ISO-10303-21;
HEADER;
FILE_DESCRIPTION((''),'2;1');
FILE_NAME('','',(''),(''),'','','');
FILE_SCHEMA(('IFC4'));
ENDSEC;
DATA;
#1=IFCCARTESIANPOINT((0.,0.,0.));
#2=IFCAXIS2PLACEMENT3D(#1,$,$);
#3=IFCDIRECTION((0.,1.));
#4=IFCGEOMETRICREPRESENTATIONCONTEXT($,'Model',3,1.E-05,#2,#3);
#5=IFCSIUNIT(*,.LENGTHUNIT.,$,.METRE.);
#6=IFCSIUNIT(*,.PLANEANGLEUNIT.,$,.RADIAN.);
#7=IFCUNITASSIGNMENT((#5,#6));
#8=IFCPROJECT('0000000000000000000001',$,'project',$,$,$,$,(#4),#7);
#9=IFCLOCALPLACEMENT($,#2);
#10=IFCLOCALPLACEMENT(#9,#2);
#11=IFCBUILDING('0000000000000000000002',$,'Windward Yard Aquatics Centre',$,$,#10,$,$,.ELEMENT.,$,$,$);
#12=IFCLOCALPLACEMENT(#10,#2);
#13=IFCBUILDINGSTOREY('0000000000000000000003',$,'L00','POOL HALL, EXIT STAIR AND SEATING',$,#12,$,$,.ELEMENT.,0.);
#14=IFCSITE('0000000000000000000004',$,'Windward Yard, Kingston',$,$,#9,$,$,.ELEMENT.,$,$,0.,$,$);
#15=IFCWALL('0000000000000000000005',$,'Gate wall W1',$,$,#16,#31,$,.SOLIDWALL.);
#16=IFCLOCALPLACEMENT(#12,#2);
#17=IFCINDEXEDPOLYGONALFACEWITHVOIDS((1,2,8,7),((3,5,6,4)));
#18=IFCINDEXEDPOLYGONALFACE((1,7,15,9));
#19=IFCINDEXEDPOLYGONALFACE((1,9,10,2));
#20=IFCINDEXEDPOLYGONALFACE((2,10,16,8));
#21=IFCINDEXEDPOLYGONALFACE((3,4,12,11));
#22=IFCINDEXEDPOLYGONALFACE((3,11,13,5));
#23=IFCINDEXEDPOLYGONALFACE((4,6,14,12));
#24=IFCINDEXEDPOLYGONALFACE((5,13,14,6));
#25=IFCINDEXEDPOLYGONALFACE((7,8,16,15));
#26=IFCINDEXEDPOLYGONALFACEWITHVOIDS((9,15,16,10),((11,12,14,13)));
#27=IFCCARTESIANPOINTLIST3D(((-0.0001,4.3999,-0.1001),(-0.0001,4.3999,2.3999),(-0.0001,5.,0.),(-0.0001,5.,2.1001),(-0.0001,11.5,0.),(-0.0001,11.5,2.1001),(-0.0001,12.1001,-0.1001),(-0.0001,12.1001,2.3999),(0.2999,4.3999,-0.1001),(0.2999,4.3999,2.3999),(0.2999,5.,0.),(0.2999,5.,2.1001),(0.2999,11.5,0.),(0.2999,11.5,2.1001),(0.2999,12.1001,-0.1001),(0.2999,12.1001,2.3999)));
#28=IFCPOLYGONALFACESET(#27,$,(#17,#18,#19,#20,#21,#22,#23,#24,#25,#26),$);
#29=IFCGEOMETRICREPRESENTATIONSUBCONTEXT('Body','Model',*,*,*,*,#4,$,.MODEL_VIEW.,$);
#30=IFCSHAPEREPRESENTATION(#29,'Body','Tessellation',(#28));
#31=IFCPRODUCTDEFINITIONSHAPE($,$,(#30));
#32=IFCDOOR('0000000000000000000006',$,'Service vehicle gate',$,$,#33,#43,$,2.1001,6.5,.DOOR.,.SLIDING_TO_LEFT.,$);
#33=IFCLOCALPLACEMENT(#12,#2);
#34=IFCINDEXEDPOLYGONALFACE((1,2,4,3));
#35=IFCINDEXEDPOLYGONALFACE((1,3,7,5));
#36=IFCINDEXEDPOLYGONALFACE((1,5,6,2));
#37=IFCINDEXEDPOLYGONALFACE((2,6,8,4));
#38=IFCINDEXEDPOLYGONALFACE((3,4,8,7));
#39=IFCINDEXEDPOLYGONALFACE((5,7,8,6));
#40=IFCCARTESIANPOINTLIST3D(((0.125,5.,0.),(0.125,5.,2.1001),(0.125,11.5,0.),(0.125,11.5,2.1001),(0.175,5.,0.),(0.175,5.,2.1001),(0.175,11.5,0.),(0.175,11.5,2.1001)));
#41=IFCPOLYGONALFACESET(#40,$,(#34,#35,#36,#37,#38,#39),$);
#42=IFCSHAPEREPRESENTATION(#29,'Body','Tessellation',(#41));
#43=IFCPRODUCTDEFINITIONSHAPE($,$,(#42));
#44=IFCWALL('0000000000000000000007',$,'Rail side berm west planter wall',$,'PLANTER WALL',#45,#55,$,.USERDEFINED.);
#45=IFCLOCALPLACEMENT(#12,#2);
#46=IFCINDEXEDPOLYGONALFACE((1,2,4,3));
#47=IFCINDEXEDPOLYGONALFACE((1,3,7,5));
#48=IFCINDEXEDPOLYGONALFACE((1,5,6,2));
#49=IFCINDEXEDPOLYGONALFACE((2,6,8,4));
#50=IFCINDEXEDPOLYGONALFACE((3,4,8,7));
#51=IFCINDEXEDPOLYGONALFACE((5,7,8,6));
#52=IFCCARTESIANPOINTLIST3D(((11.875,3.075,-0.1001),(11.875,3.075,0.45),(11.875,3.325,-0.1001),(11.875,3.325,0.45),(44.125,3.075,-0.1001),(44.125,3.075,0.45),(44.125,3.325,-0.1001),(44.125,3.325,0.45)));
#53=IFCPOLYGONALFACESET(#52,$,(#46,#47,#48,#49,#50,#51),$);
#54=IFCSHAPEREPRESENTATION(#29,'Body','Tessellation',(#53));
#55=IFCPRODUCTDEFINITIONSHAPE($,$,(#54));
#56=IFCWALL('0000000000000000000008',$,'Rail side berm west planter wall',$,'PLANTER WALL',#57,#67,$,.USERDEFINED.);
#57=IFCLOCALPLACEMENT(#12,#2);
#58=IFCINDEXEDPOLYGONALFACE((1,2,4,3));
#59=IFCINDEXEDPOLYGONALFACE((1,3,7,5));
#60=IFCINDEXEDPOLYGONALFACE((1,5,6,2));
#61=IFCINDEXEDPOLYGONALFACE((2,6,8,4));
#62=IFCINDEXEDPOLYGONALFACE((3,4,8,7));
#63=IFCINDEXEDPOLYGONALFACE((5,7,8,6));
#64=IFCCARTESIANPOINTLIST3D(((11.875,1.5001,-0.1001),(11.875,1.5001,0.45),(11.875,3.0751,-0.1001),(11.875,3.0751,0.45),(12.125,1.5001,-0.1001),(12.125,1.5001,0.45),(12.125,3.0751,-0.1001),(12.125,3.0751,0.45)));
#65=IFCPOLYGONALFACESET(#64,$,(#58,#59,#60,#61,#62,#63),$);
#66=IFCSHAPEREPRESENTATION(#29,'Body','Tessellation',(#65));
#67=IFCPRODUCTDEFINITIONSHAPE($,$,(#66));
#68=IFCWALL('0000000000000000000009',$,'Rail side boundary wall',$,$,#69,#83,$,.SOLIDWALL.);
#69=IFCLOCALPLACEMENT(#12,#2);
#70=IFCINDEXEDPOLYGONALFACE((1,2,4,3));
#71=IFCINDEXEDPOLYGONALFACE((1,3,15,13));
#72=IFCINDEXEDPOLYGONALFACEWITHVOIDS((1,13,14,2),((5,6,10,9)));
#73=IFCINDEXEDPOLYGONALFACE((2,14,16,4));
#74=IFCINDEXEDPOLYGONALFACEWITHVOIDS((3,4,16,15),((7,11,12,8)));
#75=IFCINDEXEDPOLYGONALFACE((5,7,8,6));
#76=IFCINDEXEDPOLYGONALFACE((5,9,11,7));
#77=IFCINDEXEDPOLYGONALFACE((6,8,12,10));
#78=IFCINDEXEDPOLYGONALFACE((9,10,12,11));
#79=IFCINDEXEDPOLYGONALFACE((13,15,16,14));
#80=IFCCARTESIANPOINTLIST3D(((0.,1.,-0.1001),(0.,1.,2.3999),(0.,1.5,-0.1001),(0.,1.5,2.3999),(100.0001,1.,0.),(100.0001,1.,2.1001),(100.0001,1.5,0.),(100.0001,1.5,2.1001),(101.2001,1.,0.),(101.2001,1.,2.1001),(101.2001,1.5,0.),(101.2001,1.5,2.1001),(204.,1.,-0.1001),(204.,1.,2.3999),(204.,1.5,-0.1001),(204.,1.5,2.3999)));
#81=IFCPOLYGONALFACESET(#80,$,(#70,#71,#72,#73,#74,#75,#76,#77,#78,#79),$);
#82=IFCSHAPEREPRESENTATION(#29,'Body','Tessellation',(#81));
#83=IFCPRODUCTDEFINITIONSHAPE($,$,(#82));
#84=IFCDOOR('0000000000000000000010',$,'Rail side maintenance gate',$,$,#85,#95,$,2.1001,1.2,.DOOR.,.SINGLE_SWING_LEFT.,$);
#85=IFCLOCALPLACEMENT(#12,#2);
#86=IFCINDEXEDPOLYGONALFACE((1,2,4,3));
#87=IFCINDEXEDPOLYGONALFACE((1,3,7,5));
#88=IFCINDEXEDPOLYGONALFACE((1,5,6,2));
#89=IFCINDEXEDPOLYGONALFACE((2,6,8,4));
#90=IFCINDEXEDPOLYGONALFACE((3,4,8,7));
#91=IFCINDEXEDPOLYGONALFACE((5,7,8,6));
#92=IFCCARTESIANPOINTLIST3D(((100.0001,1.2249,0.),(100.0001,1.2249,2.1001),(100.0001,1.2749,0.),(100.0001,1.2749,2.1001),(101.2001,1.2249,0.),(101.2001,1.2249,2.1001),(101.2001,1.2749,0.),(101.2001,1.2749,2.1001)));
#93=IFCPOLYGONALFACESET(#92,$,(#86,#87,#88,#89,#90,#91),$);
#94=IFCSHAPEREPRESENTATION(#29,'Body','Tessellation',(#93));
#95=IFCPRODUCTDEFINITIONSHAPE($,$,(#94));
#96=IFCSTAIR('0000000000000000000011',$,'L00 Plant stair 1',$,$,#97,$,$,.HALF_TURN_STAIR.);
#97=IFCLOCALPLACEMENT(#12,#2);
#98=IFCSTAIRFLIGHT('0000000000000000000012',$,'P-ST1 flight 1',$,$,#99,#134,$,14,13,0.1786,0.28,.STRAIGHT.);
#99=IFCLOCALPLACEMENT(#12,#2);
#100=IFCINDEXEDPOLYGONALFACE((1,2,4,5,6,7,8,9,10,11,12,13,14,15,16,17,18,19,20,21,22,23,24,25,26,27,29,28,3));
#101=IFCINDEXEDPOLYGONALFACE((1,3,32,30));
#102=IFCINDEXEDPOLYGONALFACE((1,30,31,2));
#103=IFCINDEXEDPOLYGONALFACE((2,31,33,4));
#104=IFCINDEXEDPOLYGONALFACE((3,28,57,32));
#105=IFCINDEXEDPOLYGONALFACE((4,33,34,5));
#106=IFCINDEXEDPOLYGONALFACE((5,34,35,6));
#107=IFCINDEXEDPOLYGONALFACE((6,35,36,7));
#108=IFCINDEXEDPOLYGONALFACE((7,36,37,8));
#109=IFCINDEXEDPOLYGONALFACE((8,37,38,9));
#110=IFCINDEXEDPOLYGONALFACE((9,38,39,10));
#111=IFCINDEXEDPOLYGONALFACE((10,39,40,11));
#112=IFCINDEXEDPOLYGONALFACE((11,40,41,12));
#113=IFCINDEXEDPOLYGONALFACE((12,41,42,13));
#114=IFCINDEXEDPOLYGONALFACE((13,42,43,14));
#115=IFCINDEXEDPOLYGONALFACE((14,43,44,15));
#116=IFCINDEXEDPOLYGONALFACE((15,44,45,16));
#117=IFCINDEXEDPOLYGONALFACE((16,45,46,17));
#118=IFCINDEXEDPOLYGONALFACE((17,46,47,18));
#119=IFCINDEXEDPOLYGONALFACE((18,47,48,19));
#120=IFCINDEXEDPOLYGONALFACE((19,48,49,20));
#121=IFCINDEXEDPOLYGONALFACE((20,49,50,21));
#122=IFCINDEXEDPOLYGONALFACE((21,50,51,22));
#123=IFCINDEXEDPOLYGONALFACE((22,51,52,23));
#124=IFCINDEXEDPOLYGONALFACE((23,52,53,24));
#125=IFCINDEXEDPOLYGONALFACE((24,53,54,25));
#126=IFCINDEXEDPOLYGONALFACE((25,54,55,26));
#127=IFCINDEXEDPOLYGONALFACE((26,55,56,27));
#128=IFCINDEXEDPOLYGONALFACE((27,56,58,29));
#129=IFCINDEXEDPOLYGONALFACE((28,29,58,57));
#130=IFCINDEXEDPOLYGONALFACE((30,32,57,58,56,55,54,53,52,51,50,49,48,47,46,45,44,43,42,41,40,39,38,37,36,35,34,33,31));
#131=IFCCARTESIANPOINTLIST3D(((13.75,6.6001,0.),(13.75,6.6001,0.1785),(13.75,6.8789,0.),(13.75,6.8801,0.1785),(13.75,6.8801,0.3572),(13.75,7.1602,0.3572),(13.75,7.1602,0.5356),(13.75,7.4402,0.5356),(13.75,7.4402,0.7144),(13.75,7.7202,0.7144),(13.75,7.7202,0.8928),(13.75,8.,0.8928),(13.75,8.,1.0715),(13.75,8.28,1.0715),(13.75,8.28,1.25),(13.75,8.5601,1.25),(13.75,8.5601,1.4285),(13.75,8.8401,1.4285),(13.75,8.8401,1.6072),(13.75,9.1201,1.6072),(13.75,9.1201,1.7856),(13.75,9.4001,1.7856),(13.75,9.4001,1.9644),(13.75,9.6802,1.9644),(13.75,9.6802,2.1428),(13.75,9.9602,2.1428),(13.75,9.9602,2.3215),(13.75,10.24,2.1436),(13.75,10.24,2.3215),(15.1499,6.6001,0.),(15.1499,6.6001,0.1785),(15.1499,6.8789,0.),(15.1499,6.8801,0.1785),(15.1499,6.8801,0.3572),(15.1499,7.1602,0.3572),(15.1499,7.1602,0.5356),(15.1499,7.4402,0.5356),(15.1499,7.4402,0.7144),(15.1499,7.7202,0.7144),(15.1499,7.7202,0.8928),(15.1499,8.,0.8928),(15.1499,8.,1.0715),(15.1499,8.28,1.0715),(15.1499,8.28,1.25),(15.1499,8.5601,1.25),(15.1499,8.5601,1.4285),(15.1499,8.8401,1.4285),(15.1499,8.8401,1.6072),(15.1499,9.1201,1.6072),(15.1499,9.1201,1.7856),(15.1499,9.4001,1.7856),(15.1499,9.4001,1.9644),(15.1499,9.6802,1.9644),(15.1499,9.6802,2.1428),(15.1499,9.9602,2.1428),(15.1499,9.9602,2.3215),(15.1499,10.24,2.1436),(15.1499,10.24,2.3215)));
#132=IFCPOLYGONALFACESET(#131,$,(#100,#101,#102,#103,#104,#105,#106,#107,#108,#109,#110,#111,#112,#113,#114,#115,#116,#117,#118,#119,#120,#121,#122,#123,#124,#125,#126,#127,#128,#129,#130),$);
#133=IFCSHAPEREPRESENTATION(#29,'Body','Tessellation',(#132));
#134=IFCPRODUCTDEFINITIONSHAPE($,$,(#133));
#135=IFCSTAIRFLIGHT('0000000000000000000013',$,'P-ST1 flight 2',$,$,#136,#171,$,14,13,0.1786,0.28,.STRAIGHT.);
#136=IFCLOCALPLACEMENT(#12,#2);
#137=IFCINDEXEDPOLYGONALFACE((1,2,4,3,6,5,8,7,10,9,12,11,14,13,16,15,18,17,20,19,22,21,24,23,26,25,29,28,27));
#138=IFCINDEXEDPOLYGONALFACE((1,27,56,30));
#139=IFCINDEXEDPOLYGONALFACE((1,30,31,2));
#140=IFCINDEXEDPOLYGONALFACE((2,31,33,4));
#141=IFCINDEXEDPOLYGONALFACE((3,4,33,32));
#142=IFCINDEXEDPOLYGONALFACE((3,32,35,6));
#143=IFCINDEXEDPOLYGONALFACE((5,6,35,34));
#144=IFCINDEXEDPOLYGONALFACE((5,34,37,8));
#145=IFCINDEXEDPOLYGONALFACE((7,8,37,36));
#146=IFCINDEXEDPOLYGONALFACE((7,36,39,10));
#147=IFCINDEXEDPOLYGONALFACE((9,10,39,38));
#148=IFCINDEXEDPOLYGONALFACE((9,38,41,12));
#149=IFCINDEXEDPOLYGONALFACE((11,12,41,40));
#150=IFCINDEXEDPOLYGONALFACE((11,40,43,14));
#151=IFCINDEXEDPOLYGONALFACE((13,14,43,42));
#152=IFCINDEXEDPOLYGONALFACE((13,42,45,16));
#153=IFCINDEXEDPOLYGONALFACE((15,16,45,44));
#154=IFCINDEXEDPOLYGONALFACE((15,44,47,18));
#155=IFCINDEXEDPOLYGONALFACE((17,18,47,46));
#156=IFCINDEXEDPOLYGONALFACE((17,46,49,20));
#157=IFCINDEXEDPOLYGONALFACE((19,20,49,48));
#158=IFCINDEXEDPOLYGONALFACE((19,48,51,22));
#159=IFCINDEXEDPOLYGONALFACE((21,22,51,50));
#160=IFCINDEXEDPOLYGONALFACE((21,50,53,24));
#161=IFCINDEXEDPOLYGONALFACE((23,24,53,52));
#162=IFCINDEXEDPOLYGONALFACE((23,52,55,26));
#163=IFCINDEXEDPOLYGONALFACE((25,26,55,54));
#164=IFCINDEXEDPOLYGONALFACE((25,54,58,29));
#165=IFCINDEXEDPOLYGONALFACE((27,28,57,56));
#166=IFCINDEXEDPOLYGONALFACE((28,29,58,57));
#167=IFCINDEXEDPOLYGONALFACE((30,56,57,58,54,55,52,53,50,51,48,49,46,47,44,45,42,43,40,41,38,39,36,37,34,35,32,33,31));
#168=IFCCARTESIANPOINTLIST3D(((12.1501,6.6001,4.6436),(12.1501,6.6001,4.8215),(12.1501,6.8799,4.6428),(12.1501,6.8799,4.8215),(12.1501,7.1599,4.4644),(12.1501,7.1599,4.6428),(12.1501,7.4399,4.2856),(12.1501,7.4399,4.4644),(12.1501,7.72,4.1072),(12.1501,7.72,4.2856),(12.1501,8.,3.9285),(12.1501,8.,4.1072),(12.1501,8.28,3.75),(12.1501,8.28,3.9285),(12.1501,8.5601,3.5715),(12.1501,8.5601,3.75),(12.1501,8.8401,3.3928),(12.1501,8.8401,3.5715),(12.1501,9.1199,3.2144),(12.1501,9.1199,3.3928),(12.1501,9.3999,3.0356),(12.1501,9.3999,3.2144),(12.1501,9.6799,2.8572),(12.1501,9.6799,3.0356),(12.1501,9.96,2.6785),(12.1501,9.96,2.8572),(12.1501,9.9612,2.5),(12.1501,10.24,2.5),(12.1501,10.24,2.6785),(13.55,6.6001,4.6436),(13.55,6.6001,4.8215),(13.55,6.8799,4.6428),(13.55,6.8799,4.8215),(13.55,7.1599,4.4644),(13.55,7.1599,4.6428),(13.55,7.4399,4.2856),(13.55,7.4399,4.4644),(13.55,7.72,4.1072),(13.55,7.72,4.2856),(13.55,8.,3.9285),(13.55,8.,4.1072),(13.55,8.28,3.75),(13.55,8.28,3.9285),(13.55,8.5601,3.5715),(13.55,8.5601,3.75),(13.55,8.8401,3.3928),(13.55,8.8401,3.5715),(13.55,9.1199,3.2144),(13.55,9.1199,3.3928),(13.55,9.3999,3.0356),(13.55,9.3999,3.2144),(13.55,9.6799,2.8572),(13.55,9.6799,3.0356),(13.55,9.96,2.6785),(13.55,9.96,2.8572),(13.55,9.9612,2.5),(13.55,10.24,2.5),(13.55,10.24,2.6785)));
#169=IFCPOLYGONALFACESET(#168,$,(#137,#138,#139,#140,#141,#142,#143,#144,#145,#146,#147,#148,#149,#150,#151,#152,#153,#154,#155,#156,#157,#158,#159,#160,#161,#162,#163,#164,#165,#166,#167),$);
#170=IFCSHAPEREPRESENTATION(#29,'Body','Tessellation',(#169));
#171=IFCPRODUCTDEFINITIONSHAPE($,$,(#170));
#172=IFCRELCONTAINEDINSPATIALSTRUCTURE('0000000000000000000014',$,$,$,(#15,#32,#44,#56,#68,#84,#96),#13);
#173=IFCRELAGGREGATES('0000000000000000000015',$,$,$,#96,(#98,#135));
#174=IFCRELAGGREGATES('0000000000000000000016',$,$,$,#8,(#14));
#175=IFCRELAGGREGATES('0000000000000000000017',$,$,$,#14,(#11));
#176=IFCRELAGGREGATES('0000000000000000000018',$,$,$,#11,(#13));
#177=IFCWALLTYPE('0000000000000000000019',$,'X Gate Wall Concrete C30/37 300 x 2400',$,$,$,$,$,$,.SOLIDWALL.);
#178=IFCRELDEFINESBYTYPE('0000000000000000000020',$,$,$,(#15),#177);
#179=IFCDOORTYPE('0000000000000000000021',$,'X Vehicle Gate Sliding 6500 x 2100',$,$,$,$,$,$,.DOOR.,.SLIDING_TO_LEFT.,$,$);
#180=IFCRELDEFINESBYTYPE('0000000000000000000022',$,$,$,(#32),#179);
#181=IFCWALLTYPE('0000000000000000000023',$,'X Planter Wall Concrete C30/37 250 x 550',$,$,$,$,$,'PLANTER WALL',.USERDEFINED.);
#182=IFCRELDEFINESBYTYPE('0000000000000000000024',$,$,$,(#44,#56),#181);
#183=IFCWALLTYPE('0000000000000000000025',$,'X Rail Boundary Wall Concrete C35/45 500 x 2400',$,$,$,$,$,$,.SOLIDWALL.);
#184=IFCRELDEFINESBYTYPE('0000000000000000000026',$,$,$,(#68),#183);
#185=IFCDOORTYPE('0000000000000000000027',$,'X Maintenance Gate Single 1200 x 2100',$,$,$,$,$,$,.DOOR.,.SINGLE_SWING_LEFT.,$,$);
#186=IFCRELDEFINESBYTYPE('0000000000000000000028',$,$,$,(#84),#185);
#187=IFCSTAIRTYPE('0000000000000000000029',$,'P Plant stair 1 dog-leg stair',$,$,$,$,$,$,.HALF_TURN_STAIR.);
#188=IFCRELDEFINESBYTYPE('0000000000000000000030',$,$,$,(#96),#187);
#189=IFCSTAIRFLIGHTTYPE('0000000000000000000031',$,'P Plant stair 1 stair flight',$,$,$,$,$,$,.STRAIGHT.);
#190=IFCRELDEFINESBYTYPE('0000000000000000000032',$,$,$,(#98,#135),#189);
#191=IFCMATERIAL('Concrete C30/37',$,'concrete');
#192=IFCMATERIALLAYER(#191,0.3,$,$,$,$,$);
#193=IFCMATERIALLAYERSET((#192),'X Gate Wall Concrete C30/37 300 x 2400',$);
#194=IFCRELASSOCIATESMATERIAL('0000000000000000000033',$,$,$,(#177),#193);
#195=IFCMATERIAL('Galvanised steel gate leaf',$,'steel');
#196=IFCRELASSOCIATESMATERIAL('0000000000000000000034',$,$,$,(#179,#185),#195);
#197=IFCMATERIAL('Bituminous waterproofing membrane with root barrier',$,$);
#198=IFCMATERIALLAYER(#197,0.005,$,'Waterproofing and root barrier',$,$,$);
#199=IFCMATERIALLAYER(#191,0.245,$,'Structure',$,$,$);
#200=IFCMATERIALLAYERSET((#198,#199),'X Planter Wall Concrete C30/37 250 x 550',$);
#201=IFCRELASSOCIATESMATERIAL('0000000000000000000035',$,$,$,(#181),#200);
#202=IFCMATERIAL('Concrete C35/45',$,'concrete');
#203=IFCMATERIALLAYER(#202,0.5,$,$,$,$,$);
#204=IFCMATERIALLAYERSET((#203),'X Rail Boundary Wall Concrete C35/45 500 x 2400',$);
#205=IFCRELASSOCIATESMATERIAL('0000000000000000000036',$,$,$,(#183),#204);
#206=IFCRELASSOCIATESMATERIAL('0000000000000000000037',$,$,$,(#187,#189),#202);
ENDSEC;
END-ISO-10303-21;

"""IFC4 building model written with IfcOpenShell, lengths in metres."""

from ifc_helpers import new_model, si_unit, direction, frame, frame_2d, origin, place, context, subcontext, project, spatial, polyline, rectangle, outline, extrude, material, layer, layer_set, type_object, element, fill, aggregate, save


model = new_model("IFC4")

# Units and contexts
model_context = context("Model", 3, precision=1e-05, world=origin(), true_north=direction((0.0, 1.0)))
body_context = subcontext(model_context, "Body", "Model", "MODEL_VIEW")
ifc_project = project(units=[si_unit("LENGTHUNIT", "METRE"), si_unit("PLANEANGLEUNIT", "RADIAN")], contexts=[model_context])

# Site, building, storey
site_placement = place(None, origin())
site = spatial("IfcSite", under=ifc_project, at=site_placement, Name="Windward Yard, Kingston", CompositionType="ELEMENT", RefElevation=0.0)
building_placement = place(site_placement, origin())
building = spatial("IfcBuilding", under=site, at=building_placement, Name="Windward Yard Aquatics Centre", CompositionType="ELEMENT")
storey_placement = place(building_placement, origin())
storey = spatial("IfcBuildingStorey", under=building, at=storey_placement, Name="L00", Description="POOL HALL, EXIT STAIR AND SEATING", CompositionType="ELEMENT", Elevation=0.0)

# Shared definitions
ifc_material_1 = material(Name="Concrete C35/45", Category="concrete")

# Shared definitions
ifc_material_2 = material(Name="Concrete C30/37", Category="concrete")

# Wall, opening, door
ifc_layer_1 = layer(ifc_material_2, 0.3)
ifc_layer_set_1 = layer_set([ifc_layer_1], Name="X Gate Wall Concrete C30/37 300 x 2400")
wall_type_1 = type_object("IfcWallType", Name="X Gate Wall Concrete C30/37 300 x 2400", PredefinedType="SOLIDWALL", material=ifc_layer_set_1)
wall_1_placement = place(storey_placement, frame((0.1499, 4.3999, -0.1001), z_axis=(0.0, 0.0, 1.0), x_axis=(0.0, 1.0, 0.0)))
wall_1 = element("IfcWall", 1, at=wall_1_placement, inside=storey, type_object=wall_type_1, Name="Gate wall W1", PredefinedType="SOLIDWALL", context=body_context, shape_type="SweptSolid", body=[
    extrude(rectangle(XDim=7.7002, YDim=0.3, at=frame_2d((3.8501, 0.0))), origin(), (0.0, 0.0, 1.0), 2.5),
])
opening_1_placement = place(wall_1_placement, frame((0.6001, 0.0, 0.1001)))
opening_1 = element("IfcOpeningElement", 2, at=opening_1_placement, cuts=wall_1, PredefinedType="OPENING", context=body_context, shape_type="SweptSolid", body=[
    extrude(rectangle(XDim=6.5, YDim=2.1001, at=frame_2d((3.25, 1.05))), frame((0.0, 0.1602, 0.0), z_axis=(0.0, -1.0, 0.0), x_axis=(1.0, 0.0, 0.0)), (0.0, 0.0, 1.0), 0.3201),
])
ifc_material_3 = material(Name="Galvanised steel gate leaf", Category="steel")
door_type_1 = type_object("IfcDoorType", Name="X Vehicle Gate Sliding 6500 x 2100", OperationType="SLIDING_TO_LEFT", PredefinedType="DOOR", material=ifc_material_3)
door_1_placement = place(opening_1_placement, origin())
door_1 = element("IfcDoor", 3, at=door_1_placement, inside=storey, type_object=door_type_1, Name="Service vehicle gate", OperationType="SLIDING_TO_LEFT", OverallHeight=2.1001, OverallWidth=6.5, PredefinedType="DOOR", context=body_context, shape_type="SweptSolid", body=[
    extrude(rectangle(XDim=6.5, YDim=2.1001, at=frame_2d((3.25, 1.05))), frame((0.0, 0.0249, 0.0), z_axis=(0.0, -1.0, 0.0), x_axis=(1.0, 0.0, 0.0)), (0.0, 0.0, 1.0), 0.05),
])
fill(opening_1, door_1)

# Walls
ifc_material_4 = material(Name="Bituminous waterproofing membrane with root barrier")
ifc_layer_2 = layer(ifc_material_4, 0.005, Name="Waterproofing and root barrier")
ifc_layer_3 = layer(ifc_material_2, 0.245, Name="Structure")
ifc_layer_set_2 = layer_set([ifc_layer_2, ifc_layer_3], Name="X Planter Wall Concrete C30/37 250 x 550")
wall_type_2 = type_object("IfcWallType", Name="X Planter Wall Concrete C30/37 250 x 550", ElementType="PLANTER WALL", PredefinedType="USERDEFINED", material=ifc_layer_set_2)
wall_2_placement = place(storey_placement, frame((11.875, 3.2, -0.1001), z_axis=(0.0, 0.0, 1.0), x_axis=(1.0, 0.0, 0.0)))
element("IfcWall", 4, at=wall_2_placement, inside=storey, type_object=wall_type_2, Name="Rail side berm west planter wall", ObjectType="PLANTER WALL", PredefinedType="USERDEFINED", context=body_context, shape_type="SweptSolid", body=[
    extrude(rectangle(XDim=32.25, YDim=0.25, at=frame_2d((16.125, 0.0))), origin(), (0.0, 0.0, 1.0), 0.55),
])
wall_3_placement = place(storey_placement, frame((12.0, 1.5, -0.1001), z_axis=(0.0, 0.0, 1.0), x_axis=(0.0, 1.0, 0.0)))
element("IfcWall", 5, at=wall_3_placement, inside=storey, type_object=wall_type_2, Name="Rail side berm west planter wall", ObjectType="PLANTER WALL", PredefinedType="USERDEFINED", context=body_context, shape_type="SweptSolid", body=[
    extrude(rectangle(XDim=1.575, YDim=0.25, at=frame_2d((0.7876, 0.0))), origin(), (0.0, 0.0, 1.0), 0.55),
])

# Wall, opening, door
ifc_layer_4 = layer(ifc_material_1, 0.5)
ifc_layer_set_3 = layer_set([ifc_layer_4], Name="X Rail Boundary Wall Concrete C35/45 500 x 2400")
wall_type_3 = type_object("IfcWallType", Name="X Rail Boundary Wall Concrete C35/45 500 x 2400", PredefinedType="SOLIDWALL", material=ifc_layer_set_3)
wall_4_placement = place(storey_placement, frame((0.0, 1.25, -0.1001), z_axis=(0.0, 0.0, 1.0), x_axis=(1.0, 0.0, 0.0)))
wall_4 = element("IfcWall", 6, at=wall_4_placement, inside=storey, type_object=wall_type_3, Name="Rail side boundary wall", PredefinedType="SOLIDWALL", context=body_context, shape_type="SweptSolid", body=[
    extrude(rectangle(XDim=204.0, YDim=0.5, at=frame_2d((102.0, 0.0))), origin(), (0.0, 0.0, 1.0), 2.5),
])
opening_2_placement = place(wall_4_placement, frame((100.0, 0.0, 0.1001)))
opening_2 = element("IfcOpeningElement", 7, at=opening_2_placement, cuts=wall_4, PredefinedType="OPENING", context=body_context, shape_type="SweptSolid", body=[
    extrude(rectangle(XDim=1.2, YDim=2.1001, at=frame_2d((0.6001, 1.05))), frame((0.0, 0.26, 0.0), z_axis=(0.0, -1.0, 0.0), x_axis=(1.0, 0.0, 0.0)), (0.0, 0.0, 1.0), 0.52),
])
door_type_2 = type_object("IfcDoorType", Name="X Maintenance Gate Single 1200 x 2100", OperationType="SINGLE_SWING_LEFT", PredefinedType="DOOR", material=ifc_material_3)
door_2_placement = place(opening_2_placement, origin())
door_2 = element("IfcDoor", 8, at=door_2_placement, inside=storey, type_object=door_type_2, Name="Rail side maintenance gate", OperationType="SINGLE_SWING_LEFT", OverallHeight=2.1001, OverallWidth=1.2, PredefinedType="DOOR", context=body_context, shape_type="SweptSolid", body=[
    extrude(rectangle(XDim=1.2, YDim=2.1001, at=frame_2d((0.6001, 1.05))), frame((0.0, 0.0249, 0.0), z_axis=(0.0, -1.0, 0.0), x_axis=(1.0, 0.0, 0.0)), (0.0, 0.0, 1.0), 0.05),
])
fill(opening_2, door_2)

# Stair, stair flights
stair_type = type_object("IfcStairType", Name="P Plant stair 1 dog-leg stair", PredefinedType="HALF_TURN_STAIR", material=ifc_material_1)
stair_placement = place(storey_placement, origin())
stair = element("IfcStair", 9, at=stair_placement, inside=storey, type_object=stair_type, Name="L00 Plant stair 1", PredefinedType="HALF_TURN_STAIR")
stair_flight_type = type_object("IfcStairFlightType", Name="P Plant stair 1 stair flight", PredefinedType="STRAIGHT", material=ifc_material_1)
stair_flight_1_placement = place(storey_placement, frame((14.45, 6.6001, 0.0), z_axis=(0.0, 0.0, 1.0), x_axis=(0.0, 1.0, 0.0)))
stair_flight_1 = element("IfcStairFlight", 10, at=stair_flight_1_placement, type_object=stair_flight_type, Name="P-ST1 flight 1", NumberOfRisers=14, NumberOfTreads=13, PredefinedType="STRAIGHT", RiserHeight=0.1786, TreadLength=0.28, context=body_context, shape_type="SweptSolid", body=[
    extrude(outline(polyline([(0.0, 0.0), (0.0, 0.1785), (0.28, 0.1785), (0.28, 0.3572), (0.5601, 0.3572), (0.5601, 0.5356), (0.8401, 0.5356), (0.8401, 0.7144), (1.1201, 0.7144), (1.1201, 0.8928), (1.3999, 0.8928), (1.3999, 1.0715), (1.6799, 1.0715), (1.6799, 1.25), (1.96, 1.25), (1.96, 1.4285), (2.24, 1.4285), (2.24, 1.6072), (2.52, 1.6072), (2.52, 1.7856), (2.8, 1.7856), (2.8, 1.9644), (3.0801, 1.9644), (3.0801, 2.1428), (3.3601, 2.1428), (3.3601, 2.3215), (3.6399, 2.3215), (3.6399, 2.5), (3.6399, 2.1436), (0.2788, 0.0), (0.0, 0.0)])), frame((0.0, 0.7, 0.0), z_axis=(0.0, -1.0, 0.0), x_axis=(1.0, 0.0, 0.0)), (0.0, 0.0, 1.0), 1.3999),
])
stair_flight_2_placement = place(storey_placement, frame((12.8501, 10.24, 2.5), z_axis=(0.0, 0.0, 1.0), x_axis=(0.0, -1.0, 0.0)))
stair_flight_2 = element("IfcStairFlight", 11, at=stair_flight_2_placement, type_object=stair_flight_type, Name="P-ST1 flight 2", NumberOfRisers=14, NumberOfTreads=13, PredefinedType="STRAIGHT", RiserHeight=0.1786, TreadLength=0.28, context=body_context, shape_type="SweptSolid", body=[
    extrude(outline(polyline([(0.0, 0.0), (0.0, 0.1785), (0.28, 0.1785), (0.28, 0.3572), (0.5601, 0.3572), (0.5601, 0.5356), (0.8401, 0.5356), (0.8401, 0.7144), (1.1201, 0.7144), (1.1201, 0.8928), (1.3999, 0.8928), (1.3999, 1.0715), (1.6799, 1.0715), (1.6799, 1.25), (1.96, 1.25), (1.96, 1.4285), (2.24, 1.4285), (2.24, 1.6072), (2.52, 1.6072), (2.52, 1.7856), (2.8, 1.7856), (2.8, 1.9644), (3.0801, 1.9644), (3.0801, 2.1428), (3.3601, 2.1428), (3.3601, 2.3215), (3.6399, 2.3215), (3.6399, 2.5), (3.6399, 2.1436), (0.2788, 0.0), (0.0, 0.0)])), frame((0.0, 0.7, 0.0), z_axis=(0.0, -1.0, 0.0), x_axis=(1.0, 0.0, 0.0)), (0.0, 0.0, 1.0), 1.3999),
])
aggregate(stair, [stair_flight_1, stair_flight_2])

save(model, "model.ifc")
